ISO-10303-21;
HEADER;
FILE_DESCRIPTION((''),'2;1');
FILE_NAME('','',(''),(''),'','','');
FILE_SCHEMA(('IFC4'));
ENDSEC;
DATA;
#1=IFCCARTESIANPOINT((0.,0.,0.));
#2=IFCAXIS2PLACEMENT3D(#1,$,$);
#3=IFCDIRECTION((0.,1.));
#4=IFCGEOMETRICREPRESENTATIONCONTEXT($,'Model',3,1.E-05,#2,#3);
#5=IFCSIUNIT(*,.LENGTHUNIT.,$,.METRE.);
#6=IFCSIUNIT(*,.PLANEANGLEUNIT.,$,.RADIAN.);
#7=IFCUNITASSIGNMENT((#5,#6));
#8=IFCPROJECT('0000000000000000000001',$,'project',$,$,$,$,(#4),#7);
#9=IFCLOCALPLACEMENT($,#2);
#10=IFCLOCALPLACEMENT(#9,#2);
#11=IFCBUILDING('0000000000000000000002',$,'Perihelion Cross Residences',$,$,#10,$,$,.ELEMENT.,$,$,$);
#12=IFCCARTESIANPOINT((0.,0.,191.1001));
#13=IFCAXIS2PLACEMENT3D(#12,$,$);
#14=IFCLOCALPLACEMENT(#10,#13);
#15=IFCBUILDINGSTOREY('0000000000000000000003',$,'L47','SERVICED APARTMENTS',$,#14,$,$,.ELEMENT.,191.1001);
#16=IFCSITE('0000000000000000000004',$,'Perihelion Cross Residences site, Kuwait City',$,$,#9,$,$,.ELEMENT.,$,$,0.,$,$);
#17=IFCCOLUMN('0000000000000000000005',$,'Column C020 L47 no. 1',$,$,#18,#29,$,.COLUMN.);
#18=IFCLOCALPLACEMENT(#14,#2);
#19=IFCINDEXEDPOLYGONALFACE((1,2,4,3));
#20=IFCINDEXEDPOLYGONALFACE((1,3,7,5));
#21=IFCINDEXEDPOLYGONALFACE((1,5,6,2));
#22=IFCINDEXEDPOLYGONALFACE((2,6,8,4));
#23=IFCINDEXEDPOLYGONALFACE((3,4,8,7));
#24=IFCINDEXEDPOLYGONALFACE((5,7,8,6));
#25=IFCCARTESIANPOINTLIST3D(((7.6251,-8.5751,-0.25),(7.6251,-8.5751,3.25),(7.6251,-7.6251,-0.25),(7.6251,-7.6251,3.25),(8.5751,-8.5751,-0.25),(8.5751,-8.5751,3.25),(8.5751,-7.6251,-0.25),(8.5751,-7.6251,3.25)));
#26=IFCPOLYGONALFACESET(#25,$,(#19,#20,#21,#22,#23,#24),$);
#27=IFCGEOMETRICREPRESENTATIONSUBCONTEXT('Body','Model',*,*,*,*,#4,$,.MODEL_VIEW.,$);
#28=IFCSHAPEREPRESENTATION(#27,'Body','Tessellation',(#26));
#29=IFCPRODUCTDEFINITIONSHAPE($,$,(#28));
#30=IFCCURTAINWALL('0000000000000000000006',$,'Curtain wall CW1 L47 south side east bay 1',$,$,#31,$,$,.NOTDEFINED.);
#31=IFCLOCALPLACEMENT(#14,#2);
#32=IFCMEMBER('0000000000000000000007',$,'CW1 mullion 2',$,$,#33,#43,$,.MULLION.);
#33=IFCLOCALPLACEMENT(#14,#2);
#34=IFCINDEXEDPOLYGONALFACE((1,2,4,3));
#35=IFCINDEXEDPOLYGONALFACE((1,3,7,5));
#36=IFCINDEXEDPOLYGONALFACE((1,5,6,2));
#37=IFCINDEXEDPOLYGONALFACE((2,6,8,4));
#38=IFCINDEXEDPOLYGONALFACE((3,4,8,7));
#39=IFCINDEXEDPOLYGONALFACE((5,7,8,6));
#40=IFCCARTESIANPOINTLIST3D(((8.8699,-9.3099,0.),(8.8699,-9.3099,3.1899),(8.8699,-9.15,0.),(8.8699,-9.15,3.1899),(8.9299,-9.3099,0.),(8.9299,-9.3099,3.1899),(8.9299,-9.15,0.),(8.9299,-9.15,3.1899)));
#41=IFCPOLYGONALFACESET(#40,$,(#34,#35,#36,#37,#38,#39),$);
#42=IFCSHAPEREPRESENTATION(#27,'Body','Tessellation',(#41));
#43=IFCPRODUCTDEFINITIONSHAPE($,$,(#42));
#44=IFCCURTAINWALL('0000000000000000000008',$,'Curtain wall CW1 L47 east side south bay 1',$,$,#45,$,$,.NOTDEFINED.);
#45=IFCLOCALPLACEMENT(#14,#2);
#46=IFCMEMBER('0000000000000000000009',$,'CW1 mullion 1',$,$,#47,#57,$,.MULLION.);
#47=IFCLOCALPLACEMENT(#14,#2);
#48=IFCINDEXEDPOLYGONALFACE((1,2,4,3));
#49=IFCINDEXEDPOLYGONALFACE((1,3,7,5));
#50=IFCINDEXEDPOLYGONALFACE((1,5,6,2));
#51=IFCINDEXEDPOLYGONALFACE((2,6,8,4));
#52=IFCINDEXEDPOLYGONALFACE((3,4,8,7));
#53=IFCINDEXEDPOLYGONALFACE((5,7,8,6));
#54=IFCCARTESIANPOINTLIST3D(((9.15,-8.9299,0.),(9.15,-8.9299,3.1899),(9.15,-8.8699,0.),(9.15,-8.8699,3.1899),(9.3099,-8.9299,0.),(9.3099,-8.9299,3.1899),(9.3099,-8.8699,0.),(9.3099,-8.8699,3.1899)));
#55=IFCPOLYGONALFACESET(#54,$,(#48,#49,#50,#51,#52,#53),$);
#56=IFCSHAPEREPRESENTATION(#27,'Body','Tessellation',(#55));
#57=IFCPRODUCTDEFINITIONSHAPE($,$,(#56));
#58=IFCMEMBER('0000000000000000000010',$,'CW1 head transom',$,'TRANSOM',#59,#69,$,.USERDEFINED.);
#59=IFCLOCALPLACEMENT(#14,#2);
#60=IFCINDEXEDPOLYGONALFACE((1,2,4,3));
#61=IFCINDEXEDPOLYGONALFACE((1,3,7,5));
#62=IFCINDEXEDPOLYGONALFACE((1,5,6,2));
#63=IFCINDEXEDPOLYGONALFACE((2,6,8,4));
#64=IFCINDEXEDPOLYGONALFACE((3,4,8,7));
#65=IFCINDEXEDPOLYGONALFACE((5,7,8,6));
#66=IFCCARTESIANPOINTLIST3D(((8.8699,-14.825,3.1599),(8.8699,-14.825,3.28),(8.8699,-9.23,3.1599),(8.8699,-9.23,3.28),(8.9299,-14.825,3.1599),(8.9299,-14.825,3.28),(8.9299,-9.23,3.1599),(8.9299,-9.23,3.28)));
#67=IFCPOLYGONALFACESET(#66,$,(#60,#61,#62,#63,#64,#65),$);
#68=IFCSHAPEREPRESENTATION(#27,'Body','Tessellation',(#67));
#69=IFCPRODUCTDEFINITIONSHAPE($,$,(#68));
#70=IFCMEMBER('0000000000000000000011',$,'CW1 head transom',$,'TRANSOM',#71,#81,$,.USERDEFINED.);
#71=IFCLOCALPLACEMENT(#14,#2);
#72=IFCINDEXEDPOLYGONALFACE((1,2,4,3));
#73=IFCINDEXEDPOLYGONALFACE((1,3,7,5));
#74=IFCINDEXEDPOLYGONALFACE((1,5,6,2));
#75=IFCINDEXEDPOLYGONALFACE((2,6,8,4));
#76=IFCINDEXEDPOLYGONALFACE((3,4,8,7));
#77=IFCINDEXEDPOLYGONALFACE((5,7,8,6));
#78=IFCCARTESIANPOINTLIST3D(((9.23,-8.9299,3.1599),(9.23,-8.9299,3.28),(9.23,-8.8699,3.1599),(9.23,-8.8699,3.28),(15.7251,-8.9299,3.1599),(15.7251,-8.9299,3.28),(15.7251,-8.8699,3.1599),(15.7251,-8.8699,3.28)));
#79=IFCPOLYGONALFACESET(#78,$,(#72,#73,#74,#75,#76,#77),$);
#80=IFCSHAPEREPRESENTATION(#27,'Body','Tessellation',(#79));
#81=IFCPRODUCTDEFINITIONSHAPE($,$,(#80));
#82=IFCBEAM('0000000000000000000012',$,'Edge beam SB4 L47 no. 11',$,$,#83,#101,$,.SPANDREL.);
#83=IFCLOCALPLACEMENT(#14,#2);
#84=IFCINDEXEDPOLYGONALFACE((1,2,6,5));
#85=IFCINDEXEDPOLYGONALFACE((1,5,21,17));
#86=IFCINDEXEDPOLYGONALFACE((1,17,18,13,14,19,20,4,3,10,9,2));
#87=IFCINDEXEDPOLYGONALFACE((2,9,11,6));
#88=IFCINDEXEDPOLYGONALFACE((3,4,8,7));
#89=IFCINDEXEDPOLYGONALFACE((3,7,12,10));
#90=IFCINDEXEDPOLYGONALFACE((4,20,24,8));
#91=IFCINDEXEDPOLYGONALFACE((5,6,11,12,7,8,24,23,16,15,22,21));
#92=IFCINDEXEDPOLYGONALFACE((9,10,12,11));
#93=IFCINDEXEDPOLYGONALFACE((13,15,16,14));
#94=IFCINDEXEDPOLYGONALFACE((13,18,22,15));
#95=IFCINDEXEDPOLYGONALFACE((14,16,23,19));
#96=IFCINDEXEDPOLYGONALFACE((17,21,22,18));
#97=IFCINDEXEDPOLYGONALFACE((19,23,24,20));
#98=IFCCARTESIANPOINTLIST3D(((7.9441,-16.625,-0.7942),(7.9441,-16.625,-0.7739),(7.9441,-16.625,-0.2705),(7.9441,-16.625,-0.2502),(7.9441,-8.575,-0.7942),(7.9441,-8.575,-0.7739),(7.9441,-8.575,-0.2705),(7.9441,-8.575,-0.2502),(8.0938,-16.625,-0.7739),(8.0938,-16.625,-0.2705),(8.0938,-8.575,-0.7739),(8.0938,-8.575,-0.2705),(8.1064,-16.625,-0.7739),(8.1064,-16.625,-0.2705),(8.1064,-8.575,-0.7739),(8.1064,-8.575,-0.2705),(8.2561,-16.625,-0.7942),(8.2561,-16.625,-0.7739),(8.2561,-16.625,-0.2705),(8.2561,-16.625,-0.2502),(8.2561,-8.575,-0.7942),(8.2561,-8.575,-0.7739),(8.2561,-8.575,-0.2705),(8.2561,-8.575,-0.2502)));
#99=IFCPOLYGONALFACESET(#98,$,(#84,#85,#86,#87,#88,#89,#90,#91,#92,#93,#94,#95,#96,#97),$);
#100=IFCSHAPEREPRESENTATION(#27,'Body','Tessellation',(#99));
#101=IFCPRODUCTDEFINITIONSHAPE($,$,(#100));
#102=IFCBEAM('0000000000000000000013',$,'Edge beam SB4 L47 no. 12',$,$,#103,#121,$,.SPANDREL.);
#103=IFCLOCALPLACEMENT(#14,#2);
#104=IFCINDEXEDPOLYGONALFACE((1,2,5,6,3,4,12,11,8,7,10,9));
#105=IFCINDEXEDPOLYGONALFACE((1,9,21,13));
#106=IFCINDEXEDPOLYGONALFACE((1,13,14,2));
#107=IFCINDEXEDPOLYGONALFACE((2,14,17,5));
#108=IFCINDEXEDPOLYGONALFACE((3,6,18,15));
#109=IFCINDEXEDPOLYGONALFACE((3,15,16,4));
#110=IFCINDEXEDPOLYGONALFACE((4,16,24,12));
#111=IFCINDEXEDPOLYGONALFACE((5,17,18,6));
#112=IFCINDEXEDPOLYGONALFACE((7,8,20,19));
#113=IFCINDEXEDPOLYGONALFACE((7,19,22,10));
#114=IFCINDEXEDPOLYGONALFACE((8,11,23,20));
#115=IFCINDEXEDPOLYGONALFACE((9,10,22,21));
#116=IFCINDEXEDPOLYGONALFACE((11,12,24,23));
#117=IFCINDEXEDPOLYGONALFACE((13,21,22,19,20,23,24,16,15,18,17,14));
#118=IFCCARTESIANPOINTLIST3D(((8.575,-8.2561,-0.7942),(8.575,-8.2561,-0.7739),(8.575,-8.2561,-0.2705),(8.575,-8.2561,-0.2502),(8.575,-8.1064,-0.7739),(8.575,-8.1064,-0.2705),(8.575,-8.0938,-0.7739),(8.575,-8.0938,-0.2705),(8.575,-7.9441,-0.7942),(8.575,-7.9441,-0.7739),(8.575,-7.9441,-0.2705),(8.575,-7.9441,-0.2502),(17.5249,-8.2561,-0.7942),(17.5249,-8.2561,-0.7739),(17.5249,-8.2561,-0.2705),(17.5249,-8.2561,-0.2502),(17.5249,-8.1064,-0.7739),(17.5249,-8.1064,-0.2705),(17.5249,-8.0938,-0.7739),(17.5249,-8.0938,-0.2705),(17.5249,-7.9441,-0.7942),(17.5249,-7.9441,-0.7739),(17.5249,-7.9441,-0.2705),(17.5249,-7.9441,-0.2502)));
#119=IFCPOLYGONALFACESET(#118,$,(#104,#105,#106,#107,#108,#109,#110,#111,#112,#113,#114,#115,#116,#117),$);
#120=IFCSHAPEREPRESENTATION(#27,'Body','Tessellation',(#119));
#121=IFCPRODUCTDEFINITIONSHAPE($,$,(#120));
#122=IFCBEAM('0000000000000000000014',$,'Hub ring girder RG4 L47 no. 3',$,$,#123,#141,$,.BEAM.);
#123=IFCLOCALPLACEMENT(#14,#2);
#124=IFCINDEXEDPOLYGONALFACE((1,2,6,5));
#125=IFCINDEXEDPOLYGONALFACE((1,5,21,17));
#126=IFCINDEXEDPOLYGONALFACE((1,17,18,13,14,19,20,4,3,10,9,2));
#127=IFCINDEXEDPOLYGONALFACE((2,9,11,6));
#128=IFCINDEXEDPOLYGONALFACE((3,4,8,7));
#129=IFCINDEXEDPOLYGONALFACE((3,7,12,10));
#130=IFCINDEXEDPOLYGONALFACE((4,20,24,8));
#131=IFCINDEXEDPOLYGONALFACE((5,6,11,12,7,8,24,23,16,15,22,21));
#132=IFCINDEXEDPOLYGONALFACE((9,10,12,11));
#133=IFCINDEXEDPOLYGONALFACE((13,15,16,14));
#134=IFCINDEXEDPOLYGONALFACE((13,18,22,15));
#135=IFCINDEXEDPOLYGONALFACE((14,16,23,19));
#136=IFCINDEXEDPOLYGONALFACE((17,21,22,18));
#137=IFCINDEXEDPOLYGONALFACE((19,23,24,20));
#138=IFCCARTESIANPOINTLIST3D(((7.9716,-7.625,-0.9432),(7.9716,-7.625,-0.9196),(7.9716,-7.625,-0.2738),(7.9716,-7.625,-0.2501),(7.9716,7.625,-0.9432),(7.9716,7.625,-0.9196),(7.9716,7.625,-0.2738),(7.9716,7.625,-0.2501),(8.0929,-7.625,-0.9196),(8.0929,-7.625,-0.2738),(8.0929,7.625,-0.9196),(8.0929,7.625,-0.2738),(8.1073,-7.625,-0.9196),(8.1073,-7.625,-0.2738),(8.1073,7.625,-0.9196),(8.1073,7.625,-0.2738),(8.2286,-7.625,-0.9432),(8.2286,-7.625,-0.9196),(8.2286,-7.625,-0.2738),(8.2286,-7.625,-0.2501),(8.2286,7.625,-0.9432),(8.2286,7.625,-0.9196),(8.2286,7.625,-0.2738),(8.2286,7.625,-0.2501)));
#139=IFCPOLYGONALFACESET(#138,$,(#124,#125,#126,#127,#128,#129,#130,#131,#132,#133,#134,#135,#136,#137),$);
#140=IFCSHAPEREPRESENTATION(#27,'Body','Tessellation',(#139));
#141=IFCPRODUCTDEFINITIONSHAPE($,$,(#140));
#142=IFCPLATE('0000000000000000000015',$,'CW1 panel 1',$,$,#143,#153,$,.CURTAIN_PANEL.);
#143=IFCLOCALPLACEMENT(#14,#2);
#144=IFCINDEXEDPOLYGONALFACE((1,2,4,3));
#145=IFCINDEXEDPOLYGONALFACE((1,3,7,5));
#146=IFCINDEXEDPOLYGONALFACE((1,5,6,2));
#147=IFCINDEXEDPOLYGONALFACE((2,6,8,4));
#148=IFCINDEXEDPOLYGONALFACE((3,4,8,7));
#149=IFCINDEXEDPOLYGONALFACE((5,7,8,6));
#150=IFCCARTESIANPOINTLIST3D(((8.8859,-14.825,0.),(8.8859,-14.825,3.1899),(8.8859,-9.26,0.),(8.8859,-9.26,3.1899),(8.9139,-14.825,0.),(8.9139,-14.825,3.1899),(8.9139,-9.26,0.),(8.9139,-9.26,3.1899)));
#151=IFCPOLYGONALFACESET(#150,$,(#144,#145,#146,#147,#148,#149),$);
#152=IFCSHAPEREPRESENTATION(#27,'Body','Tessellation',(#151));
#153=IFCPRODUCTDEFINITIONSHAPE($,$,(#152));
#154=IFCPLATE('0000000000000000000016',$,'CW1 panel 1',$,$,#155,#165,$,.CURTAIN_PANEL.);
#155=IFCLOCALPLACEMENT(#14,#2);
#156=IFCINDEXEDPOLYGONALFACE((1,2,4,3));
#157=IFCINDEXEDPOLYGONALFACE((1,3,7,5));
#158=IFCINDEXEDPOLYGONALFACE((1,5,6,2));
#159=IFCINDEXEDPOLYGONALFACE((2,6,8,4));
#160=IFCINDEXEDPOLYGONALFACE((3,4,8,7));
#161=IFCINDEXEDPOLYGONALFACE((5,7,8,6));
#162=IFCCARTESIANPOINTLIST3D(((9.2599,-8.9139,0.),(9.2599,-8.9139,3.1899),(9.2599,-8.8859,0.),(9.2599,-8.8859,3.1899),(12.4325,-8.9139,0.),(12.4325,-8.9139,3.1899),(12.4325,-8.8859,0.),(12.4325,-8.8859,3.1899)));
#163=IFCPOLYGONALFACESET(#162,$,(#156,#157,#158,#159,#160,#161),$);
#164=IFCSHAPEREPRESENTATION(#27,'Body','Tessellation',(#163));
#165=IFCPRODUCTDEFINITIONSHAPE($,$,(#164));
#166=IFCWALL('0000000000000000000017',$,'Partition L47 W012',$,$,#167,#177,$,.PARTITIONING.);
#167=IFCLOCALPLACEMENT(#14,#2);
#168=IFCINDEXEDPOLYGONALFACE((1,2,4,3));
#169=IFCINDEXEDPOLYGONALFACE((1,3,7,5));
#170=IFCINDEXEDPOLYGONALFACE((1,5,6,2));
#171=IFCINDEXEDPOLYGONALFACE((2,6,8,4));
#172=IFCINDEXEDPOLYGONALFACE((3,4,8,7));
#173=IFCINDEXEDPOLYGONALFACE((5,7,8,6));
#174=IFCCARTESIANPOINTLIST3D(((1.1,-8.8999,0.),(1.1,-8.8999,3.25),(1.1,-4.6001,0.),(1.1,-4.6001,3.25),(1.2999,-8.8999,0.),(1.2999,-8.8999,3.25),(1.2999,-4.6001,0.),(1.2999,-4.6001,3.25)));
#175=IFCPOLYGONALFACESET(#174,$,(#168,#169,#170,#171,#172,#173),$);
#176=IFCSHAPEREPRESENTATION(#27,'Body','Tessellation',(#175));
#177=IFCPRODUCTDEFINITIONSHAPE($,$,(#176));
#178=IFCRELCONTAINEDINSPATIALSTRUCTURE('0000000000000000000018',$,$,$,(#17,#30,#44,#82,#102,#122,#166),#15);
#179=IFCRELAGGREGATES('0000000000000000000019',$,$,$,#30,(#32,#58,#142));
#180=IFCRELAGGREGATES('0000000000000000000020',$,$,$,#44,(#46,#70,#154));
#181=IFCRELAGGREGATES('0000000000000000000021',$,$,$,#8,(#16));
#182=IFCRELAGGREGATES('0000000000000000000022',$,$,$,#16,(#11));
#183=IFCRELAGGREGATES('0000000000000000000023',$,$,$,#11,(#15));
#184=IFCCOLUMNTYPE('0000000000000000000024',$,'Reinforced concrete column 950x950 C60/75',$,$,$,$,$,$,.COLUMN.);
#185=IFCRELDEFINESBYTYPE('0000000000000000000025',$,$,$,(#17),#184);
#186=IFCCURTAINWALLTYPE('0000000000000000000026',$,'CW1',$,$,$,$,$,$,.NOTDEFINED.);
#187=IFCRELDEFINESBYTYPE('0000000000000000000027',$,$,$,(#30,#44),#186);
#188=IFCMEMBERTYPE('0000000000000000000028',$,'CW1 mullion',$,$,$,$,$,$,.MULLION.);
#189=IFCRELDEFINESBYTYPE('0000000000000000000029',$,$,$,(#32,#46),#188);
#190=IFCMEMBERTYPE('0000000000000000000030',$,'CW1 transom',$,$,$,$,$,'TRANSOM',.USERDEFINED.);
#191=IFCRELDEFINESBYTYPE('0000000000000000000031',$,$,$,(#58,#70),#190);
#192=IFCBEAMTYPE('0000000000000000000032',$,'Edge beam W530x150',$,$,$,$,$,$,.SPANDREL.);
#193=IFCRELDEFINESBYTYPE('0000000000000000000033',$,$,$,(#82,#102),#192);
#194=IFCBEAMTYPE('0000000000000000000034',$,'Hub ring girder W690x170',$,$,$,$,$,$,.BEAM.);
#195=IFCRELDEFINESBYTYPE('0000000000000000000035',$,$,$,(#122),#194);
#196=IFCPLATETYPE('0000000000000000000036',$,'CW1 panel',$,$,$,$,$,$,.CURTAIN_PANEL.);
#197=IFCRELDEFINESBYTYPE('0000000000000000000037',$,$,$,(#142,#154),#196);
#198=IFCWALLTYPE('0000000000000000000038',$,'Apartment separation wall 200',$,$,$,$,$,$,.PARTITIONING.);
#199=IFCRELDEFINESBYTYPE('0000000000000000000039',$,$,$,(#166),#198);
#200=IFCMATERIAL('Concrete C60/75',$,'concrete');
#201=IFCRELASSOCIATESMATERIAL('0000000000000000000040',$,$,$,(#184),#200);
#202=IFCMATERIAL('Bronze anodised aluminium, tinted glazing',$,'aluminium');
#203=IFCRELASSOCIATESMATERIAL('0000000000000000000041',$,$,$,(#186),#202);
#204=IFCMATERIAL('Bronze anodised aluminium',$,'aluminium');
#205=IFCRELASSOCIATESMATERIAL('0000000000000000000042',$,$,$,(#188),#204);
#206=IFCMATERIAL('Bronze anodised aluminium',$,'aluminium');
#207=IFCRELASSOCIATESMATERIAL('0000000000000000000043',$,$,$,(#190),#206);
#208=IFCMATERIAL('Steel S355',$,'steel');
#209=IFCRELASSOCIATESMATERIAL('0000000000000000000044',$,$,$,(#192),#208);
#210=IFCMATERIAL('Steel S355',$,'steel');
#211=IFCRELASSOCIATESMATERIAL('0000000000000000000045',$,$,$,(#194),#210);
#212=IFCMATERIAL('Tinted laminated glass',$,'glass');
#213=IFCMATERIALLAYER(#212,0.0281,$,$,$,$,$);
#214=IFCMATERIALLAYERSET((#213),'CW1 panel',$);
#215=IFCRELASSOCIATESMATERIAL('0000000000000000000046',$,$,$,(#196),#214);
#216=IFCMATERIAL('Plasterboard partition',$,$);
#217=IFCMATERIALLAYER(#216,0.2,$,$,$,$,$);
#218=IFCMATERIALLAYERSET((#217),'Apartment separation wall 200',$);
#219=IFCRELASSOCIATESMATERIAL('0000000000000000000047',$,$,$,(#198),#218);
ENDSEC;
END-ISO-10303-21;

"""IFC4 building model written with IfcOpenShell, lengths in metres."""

from ifc_helpers import new_model, si_unit, direction, frame, frame_2d, origin, origin_2d, place, context, subcontext, project, spatial, rectangle, i_section, extrude, material, layer, layer_set, material_profile, profile_set, type_object, element, aggregate, save


model = new_model("IFC4")

# Units and contexts
model_context = context("Model", 3, precision=1e-05, world=origin(), true_north=direction((0.0, 1.0)))
body_context = subcontext(model_context, "Body", "Model", "MODEL_VIEW")
ifc_project = project(units=[si_unit("LENGTHUNIT", "METRE"), si_unit("PLANEANGLEUNIT", "RADIAN")], contexts=[model_context])

# Site, building, storey
site_placement = place(None, origin())
site = spatial("IfcSite", under=ifc_project, at=site_placement, Name="Perihelion Cross Residences site, Kuwait City", CompositionType="ELEMENT", RefElevation=0.0)
building_placement = place(site_placement, origin())
building = spatial("IfcBuilding", under=site, at=building_placement, Name="Perihelion Cross Residences", CompositionType="ELEMENT")
storey_placement = place(building_placement, frame((0.0, 0.0, 191.1001)))
storey = spatial("IfcBuildingStorey", under=building, at=storey_placement, Name="L47", Description="SERVICED APARTMENTS", CompositionType="ELEMENT", Elevation=191.1001)

# Column
ifc_material_1 = material(Name="Concrete C60/75", Category="concrete")
ifc_material_profile_1 = material_profile(ifc_material_1, rectangle(XDim=0.95, YDim=0.95, at=origin_2d()), Name="RC 950x950")
ifc_profile_set_1 = profile_set([ifc_material_profile_1], Name="Concrete C60/75")
column_type = type_object("IfcColumnType", Name="Reinforced concrete column 950x950 C60/75", PredefinedType="COLUMN", material=ifc_profile_set_1)
column_placement = place(storey_placement, frame((8.1001, -8.1001, -0.25), z_axis=(0.0, 0.0, 1.0), x_axis=(1.0, 0.0, 0.0)))
element("IfcColumn", 1, at=column_placement, inside=storey, type_object=column_type, Name="Column C020 L47 no. 1", PredefinedType="COLUMN", context=body_context, shape_type="SweptSolid", body=[
    extrude(rectangle(XDim=0.95, YDim=0.95, at=origin_2d()), origin(), (0.0, 0.0, 1.0), 3.5),
])

# Curtain walls, members
ifc_material_2 = material(Name="Bronze anodised aluminium, tinted glazing", Category="aluminium")
curtain_wall_type = type_object("IfcCurtainWallType", Name="CW1", PredefinedType="NOTDEFINED", material=ifc_material_2)
curtain_wall_1_placement = place(storey_placement, origin())
curtain_wall_1 = element("IfcCurtainWall", 2, at=curtain_wall_1_placement, inside=storey, type_object=curtain_wall_type, Name="Curtain wall CW1 L47 south side east bay 1", PredefinedType="NOTDEFINED")
ifc_material_3 = material(Name="Bronze anodised aluminium", Category="aluminium")
ifc_material_profile_2 = material_profile(ifc_material_3, rectangle(XDim=0.0601, YDim=0.1599, at=origin_2d()), Name="CW1 mullion")
ifc_profile_set_2 = profile_set([ifc_material_profile_2], Name="Bronze anodised aluminium")
member_type_1 = type_object("IfcMemberType", Name="CW1 mullion", PredefinedType="MULLION", material=ifc_profile_set_2)
member_1_placement = place(storey_placement, frame((8.8999, -9.23, 0.0), z_axis=(0.0, 0.0, 1.0), x_axis=(-1.0, 0.0, 0.0)))
member_1 = element("IfcMember", 3, at=member_1_placement, type_object=member_type_1, Name="CW1 mullion 2", PredefinedType="MULLION", context=body_context, shape_type="SweptSolid", body=[
    extrude(rectangle(XDim=0.0601, YDim=0.1599, at=origin_2d()), origin(), (0.0, 0.0, 1.0), 3.1899),
])
curtain_wall_2_placement = place(storey_placement, origin())
curtain_wall_2 = element("IfcCurtainWall", 4, at=curtain_wall_2_placement, inside=storey, type_object=curtain_wall_type, Name="Curtain wall CW1 L47 east side south bay 1", PredefinedType="NOTDEFINED")
member_2_placement = place(storey_placement, frame((9.23, -8.8999, 0.0), z_axis=(0.0, 0.0, 1.0), x_axis=(0.0, 1.0, 0.0)))
member_2 = element("IfcMember", 5, at=member_2_placement, type_object=member_type_1, Name="CW1 mullion 1", PredefinedType="MULLION", context=body_context, shape_type="SweptSolid", body=[
    extrude(rectangle(XDim=0.0601, YDim=0.1599, at=origin_2d()), origin(), (0.0, 0.0, 1.0), 3.1899),
])

# Members
ifc_material_4 = material(Name="Bronze anodised aluminium", Category="aluminium")
ifc_material_profile_3 = material_profile(ifc_material_4, rectangle(XDim=0.0601, YDim=0.1201, at=origin_2d()), Name="CW1 transom")
ifc_profile_set_3 = profile_set([ifc_material_profile_3], Name="Bronze anodised aluminium")
member_type_2 = type_object("IfcMemberType", Name="CW1 transom", ElementType="TRANSOM", PredefinedType="USERDEFINED", material=ifc_profile_set_3)
member_3_placement = place(storey_placement, frame((8.8999, -14.825, 3.22), z_axis=(0.0, 1.0, 0.0), x_axis=(-1.0, 0.0, 0.0)))
member_3 = element("IfcMember", 6, at=member_3_placement, type_object=member_type_2, Name="CW1 head transom", ObjectType="TRANSOM", PredefinedType="USERDEFINED", context=body_context, shape_type="SweptSolid", body=[
    extrude(rectangle(XDim=0.0601, YDim=0.1201, at=origin_2d()), origin(), (0.0, 0.0, 1.0), 5.595),
])
member_4_placement = place(storey_placement, frame((9.23, -8.8999, 3.22), z_axis=(1.0, 0.0, 0.0), x_axis=(0.0, 1.0, 0.0)))
member_4 = element("IfcMember", 7, at=member_4_placement, type_object=member_type_2, Name="CW1 head transom", ObjectType="TRANSOM", PredefinedType="USERDEFINED", context=body_context, shape_type="SweptSolid", body=[
    extrude(rectangle(XDim=0.0601, YDim=0.1201, at=origin_2d()), origin(), (0.0, 0.0, 1.0), 6.4951),
])

# Beams
ifc_material_5 = material(Name="Steel S355", Category="steel")
ifc_material_profile_4 = material_profile(ifc_material_5, i_section(OverallWidth=0.312, OverallDepth=0.5439, WebThickness=0.0127, FlangeThickness=0.0203, at=origin_2d()), Name="W530x150")
ifc_profile_set_4 = profile_set([ifc_material_profile_4], Name="Steel S355")
beam_type_1 = type_object("IfcBeamType", Name="Edge beam W530x150", PredefinedType="SPANDREL", material=ifc_profile_set_4)
beam_1_placement = place(storey_placement, frame((8.1001, -16.625, -0.5222), z_axis=(0.0, 1.0, 0.0), x_axis=(-1.0, 0.0, 0.0)))
element("IfcBeam", 8, at=beam_1_placement, inside=storey, type_object=beam_type_1, Name="Edge beam SB4 L47 no. 11", PredefinedType="SPANDREL", context=body_context, shape_type="SweptSolid", body=[
    extrude(i_section(OverallWidth=0.312, OverallDepth=0.5439, WebThickness=0.0127, FlangeThickness=0.0203, at=origin_2d()), origin(), (0.0, 0.0, 1.0), 8.05),
])
beam_2_placement = place(storey_placement, frame((8.575, -8.1001, -0.5222), z_axis=(1.0, 0.0, 0.0), x_axis=(0.0, 1.0, 0.0)))
element("IfcBeam", 9, at=beam_2_placement, inside=storey, type_object=beam_type_1, Name="Edge beam SB4 L47 no. 12", PredefinedType="SPANDREL", context=body_context, shape_type="SweptSolid", body=[
    extrude(i_section(OverallWidth=0.312, OverallDepth=0.5439, WebThickness=0.0127, FlangeThickness=0.0203, at=origin_2d()), origin(), (0.0, 0.0, 1.0), 8.95),
])
ifc_material_6 = material(Name="Steel S355", Category="steel")
ifc_material_profile_5 = material_profile(ifc_material_6, i_section(OverallWidth=0.2571, OverallDepth=0.6931, WebThickness=0.0144, FlangeThickness=0.0237, at=origin_2d()), Name="W690x170")
ifc_profile_set_5 = profile_set([ifc_material_profile_5], Name="Steel S355")
beam_type_2 = type_object("IfcBeamType", Name="Hub ring girder W690x170", PredefinedType="BEAM", material=ifc_profile_set_5)
beam_3_placement = place(storey_placement, frame((8.1001, -7.625, -0.5967), z_axis=(0.0, 1.0, 0.0), x_axis=(-1.0, 0.0, 0.0)))
element("IfcBeam", 10, at=beam_3_placement, inside=storey, type_object=beam_type_2, Name="Hub ring girder RG4 L47 no. 3", PredefinedType="BEAM", context=body_context, shape_type="SweptSolid", body=[
    extrude(i_section(OverallWidth=0.2571, OverallDepth=0.6931, WebThickness=0.0144, FlangeThickness=0.0237, at=origin_2d()), origin(), (0.0, 0.0, 1.0), 15.25),
])

# Plates
ifc_material_7 = material(Name="Tinted laminated glass", Category="glass")
ifc_layer_1 = layer(ifc_material_7, 0.0281)
ifc_layer_set_1 = layer_set([ifc_layer_1], Name="CW1 panel")
plate_type = type_object("IfcPlateType", Name="CW1 panel", PredefinedType="CURTAIN_PANEL", material=ifc_layer_set_1)
plate_1_placement = place(storey_placement, frame((8.8999, -12.0425, 0.0), z_axis=(0.0, 0.0, 1.0), x_axis=(0.0, 1.0, 0.0)))
plate_1 = element("IfcPlate", 11, at=plate_1_placement, type_object=plate_type, Name="CW1 panel 1", PredefinedType="CURTAIN_PANEL", context=body_context, shape_type="SweptSolid", body=[
    extrude(rectangle(XDim=5.5649, YDim=0.0281, at=origin_2d()), origin(), (0.0, 0.0, 1.0), 3.1899),
])
aggregate(curtain_wall_1, [member_1, member_3, plate_1])
plate_2_placement = place(storey_placement, frame((10.8462, -8.8999, 0.0), z_axis=(0.0, 0.0, 1.0), x_axis=(1.0, 0.0, 0.0)))
plate_2 = element("IfcPlate", 12, at=plate_2_placement, type_object=plate_type, Name="CW1 panel 1", PredefinedType="CURTAIN_PANEL", context=body_context, shape_type="SweptSolid", body=[
    extrude(rectangle(XDim=3.1726, YDim=0.0281, at=origin_2d()), origin(), (0.0, 0.0, 1.0), 3.1899),
])
aggregate(curtain_wall_2, [member_2, member_4, plate_2])

# Wall
ifc_material_8 = material(Name="Plasterboard partition")
ifc_layer_2 = layer(ifc_material_8, 0.2)
ifc_layer_set_2 = layer_set([ifc_layer_2], Name="Apartment separation wall 200")
wall_type_1 = type_object("IfcWallType", Name="Apartment separation wall 200", PredefinedType="PARTITIONING", material=ifc_layer_set_2)
wall_1_placement = place(storey_placement, frame((1.2, -4.6001, 0.0), z_axis=(0.0, 0.0, 1.0), x_axis=(0.0, -1.0, 0.0)))
element("IfcWall", 13, at=wall_1_placement, inside=storey, type_object=wall_type_1, Name="Partition L47 W012", PredefinedType="PARTITIONING", context=body_context, shape_type="SweptSolid", body=[
    extrude(rectangle(XDim=4.2998, YDim=0.2, at=frame_2d((2.1499, 0.0))), origin(), (0.0, 0.0, 1.0), 3.25),
])

save(model, "model.ifc")
